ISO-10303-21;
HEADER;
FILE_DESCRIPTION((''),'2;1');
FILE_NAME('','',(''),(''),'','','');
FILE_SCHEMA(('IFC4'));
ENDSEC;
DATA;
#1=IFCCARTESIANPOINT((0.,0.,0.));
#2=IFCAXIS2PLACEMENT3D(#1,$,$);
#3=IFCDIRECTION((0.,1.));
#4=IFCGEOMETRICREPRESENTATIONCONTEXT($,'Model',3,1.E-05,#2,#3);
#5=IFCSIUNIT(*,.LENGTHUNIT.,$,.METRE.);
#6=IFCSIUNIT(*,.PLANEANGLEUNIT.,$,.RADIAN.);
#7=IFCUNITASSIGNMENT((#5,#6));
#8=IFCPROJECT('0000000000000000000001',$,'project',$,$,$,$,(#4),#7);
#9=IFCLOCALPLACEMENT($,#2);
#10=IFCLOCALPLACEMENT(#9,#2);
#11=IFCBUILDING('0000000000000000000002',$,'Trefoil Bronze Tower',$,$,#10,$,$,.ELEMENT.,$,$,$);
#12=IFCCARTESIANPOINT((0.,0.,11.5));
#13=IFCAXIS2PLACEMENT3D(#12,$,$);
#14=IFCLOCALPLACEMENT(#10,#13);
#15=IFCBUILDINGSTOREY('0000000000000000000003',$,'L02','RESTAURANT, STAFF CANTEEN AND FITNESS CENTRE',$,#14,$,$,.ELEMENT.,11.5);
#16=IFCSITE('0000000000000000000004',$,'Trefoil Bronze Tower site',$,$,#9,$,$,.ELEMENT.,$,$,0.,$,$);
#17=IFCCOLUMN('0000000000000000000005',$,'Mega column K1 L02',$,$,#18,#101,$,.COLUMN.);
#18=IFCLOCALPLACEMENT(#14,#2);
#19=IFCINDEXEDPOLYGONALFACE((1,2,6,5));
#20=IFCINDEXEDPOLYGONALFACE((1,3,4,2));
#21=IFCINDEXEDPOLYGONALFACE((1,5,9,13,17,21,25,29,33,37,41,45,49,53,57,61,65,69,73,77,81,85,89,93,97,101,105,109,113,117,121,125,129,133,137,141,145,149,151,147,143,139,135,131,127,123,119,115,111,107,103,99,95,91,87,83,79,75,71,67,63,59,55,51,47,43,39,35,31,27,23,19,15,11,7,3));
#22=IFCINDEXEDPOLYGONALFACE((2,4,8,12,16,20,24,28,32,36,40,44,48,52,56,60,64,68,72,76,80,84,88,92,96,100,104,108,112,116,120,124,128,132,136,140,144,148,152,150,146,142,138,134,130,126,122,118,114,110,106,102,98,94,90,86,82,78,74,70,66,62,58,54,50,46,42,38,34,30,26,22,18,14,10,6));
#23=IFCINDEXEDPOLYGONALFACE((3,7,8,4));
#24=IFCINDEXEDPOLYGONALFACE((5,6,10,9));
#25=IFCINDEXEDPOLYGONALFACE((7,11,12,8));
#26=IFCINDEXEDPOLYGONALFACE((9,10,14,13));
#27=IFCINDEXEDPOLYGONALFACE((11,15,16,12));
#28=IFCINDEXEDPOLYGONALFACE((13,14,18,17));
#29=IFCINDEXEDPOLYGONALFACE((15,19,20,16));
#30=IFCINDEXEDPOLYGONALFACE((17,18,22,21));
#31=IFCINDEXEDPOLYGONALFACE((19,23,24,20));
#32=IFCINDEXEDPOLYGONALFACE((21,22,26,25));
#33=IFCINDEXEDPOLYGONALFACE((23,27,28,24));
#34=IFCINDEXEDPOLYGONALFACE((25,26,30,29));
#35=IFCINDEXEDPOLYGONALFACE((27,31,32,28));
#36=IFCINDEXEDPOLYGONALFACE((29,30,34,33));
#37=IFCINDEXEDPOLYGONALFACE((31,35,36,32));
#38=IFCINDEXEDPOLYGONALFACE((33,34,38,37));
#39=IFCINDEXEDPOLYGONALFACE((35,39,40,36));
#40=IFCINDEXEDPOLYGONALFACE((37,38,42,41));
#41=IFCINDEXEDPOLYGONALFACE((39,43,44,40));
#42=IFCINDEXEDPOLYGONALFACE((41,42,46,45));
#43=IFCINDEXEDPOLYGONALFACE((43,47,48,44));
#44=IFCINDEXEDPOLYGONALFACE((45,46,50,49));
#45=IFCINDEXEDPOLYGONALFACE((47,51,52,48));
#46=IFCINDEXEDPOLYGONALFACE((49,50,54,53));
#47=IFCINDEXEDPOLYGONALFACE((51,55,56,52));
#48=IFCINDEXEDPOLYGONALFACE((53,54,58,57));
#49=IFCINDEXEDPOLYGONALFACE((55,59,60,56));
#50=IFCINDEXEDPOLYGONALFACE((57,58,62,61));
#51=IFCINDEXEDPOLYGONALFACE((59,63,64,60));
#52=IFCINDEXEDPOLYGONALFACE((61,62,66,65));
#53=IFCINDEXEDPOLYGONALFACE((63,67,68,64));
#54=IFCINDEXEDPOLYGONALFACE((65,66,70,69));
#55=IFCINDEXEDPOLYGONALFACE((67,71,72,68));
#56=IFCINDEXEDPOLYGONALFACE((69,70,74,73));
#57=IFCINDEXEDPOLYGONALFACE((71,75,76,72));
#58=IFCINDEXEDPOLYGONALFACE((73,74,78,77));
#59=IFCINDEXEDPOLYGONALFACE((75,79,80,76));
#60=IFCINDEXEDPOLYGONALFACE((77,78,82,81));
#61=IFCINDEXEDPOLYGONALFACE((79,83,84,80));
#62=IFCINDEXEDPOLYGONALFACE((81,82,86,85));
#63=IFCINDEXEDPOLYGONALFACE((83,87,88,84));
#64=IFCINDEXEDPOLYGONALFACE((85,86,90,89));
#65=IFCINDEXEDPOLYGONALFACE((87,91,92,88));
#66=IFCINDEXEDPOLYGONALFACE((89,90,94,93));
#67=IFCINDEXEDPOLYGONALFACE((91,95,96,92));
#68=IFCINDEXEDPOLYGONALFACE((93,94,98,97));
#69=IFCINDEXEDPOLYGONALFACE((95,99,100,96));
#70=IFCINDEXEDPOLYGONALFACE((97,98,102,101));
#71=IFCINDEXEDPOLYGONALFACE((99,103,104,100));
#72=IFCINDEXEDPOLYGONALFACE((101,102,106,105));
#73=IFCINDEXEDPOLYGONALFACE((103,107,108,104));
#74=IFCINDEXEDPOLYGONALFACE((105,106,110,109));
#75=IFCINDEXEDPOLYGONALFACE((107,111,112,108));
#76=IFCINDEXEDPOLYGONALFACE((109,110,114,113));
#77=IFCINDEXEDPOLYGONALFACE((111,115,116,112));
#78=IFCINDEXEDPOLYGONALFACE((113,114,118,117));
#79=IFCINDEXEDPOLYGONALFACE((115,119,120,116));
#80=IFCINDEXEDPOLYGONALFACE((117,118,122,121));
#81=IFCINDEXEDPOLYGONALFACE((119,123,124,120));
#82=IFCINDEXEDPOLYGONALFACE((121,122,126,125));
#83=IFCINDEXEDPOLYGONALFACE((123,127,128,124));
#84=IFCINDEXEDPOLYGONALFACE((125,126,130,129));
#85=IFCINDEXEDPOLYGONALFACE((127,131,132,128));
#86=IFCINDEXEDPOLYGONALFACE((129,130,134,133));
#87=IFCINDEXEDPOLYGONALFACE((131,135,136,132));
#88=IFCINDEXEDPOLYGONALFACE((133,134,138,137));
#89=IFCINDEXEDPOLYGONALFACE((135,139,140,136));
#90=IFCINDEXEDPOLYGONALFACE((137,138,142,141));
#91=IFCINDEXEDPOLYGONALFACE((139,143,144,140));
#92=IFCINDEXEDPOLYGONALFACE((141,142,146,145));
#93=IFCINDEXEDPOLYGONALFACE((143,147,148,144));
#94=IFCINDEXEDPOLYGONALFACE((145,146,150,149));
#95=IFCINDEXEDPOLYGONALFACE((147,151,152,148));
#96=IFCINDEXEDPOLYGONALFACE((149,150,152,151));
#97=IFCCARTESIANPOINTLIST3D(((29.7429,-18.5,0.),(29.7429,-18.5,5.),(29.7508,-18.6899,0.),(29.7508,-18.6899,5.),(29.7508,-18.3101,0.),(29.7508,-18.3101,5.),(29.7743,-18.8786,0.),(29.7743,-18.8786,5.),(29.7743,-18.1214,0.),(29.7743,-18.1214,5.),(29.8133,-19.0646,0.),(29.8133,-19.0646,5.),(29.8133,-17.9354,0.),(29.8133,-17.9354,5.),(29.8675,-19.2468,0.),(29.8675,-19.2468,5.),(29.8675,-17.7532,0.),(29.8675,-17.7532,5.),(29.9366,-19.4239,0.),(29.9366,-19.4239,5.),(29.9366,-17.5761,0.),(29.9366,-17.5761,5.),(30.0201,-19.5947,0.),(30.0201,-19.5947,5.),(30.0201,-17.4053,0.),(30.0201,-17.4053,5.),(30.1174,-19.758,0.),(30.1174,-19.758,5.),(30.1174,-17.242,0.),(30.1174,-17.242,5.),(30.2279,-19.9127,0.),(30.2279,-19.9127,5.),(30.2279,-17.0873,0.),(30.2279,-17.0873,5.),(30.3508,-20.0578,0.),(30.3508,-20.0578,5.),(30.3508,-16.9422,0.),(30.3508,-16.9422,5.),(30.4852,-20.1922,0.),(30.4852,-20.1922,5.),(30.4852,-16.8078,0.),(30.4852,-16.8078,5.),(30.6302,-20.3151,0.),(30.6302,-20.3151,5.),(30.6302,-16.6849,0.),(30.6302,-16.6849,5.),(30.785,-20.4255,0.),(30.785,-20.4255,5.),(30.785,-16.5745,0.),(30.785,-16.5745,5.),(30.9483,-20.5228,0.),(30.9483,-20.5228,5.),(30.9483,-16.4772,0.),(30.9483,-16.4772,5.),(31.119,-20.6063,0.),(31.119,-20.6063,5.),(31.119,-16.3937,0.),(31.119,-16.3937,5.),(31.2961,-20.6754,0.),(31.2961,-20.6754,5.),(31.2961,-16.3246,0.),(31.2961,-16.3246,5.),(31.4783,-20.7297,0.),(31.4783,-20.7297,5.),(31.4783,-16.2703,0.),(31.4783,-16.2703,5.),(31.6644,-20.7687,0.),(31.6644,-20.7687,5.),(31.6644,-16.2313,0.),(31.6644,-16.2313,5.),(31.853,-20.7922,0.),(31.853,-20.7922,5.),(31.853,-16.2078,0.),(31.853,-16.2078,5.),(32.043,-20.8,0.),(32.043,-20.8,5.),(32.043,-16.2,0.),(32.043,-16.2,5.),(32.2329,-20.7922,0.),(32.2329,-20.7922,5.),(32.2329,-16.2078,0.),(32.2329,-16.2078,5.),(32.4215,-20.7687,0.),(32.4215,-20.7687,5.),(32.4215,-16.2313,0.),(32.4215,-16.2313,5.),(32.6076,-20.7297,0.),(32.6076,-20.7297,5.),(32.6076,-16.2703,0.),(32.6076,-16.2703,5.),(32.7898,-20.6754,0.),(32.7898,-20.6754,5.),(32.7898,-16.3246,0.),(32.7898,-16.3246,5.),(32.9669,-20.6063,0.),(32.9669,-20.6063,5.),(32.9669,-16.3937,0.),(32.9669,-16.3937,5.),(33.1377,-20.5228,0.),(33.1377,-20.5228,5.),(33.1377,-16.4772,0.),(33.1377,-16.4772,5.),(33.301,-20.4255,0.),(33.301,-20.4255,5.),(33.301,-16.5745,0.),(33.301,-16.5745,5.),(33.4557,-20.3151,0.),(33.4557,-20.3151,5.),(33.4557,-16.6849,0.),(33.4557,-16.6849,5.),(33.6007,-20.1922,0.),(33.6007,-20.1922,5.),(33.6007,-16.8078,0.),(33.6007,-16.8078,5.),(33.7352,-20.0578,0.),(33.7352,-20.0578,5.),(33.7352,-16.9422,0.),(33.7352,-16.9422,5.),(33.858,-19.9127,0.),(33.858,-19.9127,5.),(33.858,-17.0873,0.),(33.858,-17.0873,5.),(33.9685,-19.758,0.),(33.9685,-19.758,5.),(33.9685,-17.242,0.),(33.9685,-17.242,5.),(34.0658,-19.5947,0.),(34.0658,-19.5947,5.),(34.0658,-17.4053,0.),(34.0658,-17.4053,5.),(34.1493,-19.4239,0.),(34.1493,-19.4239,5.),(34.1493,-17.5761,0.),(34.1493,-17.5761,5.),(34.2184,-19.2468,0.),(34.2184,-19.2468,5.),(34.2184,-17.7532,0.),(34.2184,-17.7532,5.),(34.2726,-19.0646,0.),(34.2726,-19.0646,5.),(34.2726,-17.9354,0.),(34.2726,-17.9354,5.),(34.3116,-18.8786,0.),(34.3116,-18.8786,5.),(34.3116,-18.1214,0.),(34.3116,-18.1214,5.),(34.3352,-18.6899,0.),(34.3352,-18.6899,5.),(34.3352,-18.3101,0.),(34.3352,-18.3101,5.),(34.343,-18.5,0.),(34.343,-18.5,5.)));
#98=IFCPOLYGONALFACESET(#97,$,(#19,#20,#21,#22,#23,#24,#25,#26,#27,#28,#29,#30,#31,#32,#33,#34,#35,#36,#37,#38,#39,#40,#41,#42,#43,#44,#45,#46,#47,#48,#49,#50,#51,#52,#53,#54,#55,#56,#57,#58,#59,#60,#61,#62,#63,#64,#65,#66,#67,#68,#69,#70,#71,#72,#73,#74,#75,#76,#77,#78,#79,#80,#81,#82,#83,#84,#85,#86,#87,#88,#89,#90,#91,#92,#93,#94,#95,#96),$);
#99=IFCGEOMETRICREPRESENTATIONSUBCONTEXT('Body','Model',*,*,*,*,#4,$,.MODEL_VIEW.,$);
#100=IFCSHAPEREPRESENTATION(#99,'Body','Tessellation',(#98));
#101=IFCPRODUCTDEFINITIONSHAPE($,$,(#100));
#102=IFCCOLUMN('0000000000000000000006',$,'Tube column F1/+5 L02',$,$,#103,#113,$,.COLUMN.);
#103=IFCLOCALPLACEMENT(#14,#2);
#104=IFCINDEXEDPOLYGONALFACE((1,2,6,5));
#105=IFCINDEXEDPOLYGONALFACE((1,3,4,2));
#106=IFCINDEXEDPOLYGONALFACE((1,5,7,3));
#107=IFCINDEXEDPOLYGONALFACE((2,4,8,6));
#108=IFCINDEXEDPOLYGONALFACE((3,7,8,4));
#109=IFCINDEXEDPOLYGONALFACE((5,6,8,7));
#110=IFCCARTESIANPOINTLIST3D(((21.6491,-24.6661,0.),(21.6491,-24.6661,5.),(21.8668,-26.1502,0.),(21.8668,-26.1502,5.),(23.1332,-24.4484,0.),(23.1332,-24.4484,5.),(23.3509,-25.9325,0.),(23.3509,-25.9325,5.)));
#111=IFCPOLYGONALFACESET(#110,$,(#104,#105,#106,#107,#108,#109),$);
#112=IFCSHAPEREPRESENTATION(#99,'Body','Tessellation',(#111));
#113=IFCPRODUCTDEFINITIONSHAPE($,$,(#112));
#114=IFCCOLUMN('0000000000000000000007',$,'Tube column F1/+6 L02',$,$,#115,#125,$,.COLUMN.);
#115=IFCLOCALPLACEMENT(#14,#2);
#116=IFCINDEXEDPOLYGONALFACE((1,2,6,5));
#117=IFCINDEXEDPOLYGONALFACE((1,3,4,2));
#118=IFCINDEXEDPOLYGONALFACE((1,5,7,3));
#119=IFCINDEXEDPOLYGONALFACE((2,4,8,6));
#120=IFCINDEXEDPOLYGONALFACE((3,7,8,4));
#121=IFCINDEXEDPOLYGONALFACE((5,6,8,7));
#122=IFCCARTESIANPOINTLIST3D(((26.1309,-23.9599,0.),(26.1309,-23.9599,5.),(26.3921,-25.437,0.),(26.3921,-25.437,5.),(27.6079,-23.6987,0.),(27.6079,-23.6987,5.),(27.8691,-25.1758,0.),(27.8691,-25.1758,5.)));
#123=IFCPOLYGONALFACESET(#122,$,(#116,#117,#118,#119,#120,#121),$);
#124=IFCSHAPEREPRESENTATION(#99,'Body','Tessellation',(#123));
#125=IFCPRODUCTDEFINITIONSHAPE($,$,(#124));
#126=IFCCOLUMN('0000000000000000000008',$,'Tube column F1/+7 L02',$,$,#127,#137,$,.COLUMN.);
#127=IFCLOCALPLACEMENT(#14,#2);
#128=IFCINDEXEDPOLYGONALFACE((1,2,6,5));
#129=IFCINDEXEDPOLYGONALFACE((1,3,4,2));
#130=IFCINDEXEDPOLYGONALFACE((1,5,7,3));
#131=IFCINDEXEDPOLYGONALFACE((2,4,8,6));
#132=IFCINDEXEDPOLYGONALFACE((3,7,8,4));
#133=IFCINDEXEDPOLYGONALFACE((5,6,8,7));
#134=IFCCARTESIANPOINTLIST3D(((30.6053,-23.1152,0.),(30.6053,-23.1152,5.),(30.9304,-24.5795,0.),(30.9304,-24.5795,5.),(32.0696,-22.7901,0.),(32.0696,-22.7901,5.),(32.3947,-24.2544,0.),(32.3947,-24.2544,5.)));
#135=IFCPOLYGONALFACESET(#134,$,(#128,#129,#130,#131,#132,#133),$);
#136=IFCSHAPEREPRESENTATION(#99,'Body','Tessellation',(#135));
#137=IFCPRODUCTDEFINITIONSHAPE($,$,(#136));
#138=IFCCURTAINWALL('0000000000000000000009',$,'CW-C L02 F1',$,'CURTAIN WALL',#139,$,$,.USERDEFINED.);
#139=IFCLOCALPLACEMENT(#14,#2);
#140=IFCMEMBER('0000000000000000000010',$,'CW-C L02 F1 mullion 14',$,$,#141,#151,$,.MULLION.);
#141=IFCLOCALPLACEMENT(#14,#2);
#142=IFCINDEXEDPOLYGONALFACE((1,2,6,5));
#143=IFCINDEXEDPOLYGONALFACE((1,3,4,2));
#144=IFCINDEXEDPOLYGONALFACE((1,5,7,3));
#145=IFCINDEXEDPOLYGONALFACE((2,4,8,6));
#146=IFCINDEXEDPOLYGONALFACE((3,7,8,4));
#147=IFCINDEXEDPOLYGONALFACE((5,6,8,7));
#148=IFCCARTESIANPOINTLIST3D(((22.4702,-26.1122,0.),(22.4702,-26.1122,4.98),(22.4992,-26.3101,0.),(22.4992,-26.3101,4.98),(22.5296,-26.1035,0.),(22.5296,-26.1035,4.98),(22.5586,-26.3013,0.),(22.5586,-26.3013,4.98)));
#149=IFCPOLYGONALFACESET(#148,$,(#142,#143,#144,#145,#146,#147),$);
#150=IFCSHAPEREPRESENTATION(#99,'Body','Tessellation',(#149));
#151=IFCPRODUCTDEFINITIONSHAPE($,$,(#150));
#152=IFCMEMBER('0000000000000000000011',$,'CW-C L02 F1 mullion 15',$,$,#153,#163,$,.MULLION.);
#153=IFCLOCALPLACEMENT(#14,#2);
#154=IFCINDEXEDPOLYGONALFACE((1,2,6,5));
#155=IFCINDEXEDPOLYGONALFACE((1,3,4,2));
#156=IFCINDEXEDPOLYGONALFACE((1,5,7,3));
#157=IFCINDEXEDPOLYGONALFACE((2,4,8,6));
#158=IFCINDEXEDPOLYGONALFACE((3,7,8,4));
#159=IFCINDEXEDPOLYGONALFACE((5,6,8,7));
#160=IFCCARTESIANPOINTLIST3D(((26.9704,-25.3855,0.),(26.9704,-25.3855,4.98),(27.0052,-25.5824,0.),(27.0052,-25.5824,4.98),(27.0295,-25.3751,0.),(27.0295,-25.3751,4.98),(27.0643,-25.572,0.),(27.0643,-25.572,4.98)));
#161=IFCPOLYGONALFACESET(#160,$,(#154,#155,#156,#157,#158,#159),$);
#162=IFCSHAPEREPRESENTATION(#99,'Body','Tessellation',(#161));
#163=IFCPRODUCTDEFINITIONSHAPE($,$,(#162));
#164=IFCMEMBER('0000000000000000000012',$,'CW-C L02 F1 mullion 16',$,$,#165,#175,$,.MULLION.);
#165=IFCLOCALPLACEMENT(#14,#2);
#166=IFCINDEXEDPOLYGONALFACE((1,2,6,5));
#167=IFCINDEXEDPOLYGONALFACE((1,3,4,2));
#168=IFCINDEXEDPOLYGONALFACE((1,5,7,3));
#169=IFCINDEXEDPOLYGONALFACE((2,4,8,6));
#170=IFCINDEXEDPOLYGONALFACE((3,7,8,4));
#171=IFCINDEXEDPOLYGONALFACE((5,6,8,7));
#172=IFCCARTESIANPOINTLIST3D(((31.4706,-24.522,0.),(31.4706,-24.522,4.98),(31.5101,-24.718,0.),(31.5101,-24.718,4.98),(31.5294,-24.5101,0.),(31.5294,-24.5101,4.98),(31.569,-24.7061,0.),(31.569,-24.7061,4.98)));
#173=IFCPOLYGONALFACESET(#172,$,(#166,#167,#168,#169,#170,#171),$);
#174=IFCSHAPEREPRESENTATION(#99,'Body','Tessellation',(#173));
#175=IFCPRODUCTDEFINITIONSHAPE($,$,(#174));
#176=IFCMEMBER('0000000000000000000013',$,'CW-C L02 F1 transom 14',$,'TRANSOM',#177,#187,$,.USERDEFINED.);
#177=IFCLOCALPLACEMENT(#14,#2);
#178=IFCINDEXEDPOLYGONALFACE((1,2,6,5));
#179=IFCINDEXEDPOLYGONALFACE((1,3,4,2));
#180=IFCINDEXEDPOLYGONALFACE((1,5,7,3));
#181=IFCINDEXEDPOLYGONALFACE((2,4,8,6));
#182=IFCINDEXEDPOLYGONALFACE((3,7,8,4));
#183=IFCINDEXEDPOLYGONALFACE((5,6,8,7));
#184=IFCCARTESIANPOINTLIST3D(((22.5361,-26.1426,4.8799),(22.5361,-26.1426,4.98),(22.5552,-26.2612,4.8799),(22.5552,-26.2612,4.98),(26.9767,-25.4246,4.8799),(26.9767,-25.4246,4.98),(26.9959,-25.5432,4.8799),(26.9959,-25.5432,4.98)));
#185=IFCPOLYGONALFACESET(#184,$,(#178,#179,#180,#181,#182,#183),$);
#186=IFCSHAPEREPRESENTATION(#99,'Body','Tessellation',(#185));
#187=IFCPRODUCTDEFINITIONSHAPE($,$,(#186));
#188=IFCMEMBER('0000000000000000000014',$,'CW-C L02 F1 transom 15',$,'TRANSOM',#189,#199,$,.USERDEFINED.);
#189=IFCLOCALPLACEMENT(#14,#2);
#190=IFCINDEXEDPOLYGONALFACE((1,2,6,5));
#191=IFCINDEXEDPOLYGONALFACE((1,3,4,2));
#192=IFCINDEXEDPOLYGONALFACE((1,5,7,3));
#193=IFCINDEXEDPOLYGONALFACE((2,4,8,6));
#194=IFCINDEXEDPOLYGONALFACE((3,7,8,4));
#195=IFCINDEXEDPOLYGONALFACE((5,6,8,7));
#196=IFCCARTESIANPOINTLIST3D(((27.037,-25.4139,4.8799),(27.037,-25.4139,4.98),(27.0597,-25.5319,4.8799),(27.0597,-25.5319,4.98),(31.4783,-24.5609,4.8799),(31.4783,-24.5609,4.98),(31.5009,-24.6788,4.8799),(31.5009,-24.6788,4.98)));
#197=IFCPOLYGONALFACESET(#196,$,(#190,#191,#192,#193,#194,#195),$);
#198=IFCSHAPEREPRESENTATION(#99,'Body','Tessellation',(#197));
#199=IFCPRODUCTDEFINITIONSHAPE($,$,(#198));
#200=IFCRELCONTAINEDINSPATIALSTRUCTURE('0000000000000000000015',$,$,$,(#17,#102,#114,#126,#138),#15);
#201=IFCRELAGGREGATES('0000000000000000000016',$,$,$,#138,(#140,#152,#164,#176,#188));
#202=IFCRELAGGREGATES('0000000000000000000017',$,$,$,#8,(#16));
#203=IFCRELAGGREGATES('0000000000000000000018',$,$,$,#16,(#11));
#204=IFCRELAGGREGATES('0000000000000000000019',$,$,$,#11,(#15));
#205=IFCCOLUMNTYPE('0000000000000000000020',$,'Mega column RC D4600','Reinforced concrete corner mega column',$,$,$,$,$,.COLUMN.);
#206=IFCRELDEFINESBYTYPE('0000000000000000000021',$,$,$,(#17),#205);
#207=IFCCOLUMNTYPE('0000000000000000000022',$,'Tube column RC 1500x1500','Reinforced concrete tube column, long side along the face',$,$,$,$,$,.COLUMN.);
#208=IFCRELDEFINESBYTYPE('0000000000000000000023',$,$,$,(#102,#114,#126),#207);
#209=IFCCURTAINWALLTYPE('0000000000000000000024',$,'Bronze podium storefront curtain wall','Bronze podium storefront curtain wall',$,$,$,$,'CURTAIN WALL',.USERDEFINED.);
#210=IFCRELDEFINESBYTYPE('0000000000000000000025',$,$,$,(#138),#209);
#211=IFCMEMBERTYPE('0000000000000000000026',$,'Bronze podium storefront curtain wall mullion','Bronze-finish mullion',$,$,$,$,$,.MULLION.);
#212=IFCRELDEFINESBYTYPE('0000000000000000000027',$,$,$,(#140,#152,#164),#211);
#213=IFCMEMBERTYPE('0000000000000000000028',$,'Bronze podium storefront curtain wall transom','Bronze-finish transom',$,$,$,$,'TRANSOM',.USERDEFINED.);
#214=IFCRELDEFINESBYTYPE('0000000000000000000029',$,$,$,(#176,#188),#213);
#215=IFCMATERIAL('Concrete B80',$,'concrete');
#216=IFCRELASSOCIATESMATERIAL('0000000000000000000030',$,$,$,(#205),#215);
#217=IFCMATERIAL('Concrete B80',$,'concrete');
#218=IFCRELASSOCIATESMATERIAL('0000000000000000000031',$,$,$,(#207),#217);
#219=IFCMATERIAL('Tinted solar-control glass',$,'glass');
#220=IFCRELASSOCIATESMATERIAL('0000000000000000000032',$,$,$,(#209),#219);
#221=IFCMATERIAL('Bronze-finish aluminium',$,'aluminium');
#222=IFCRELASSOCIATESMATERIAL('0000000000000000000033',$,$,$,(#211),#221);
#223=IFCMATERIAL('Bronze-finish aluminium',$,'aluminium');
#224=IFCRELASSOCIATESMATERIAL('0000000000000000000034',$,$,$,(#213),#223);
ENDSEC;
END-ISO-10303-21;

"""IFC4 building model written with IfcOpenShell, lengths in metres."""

from ifc_helpers import new_model, si_unit, direction, frame, origin, origin_2d, place, context, subcontext, project, spatial, rectangle, circle, extrude, material, material_profile, profile_set, type_object, element, aggregate, save


model = new_model("IFC4")

# Units and contexts
model_context = context("Model", 3, precision=1e-05, world=origin(), true_north=direction((0.0, 1.0)))
body_context = subcontext(model_context, "Body", "Model", "MODEL_VIEW")
ifc_project = project(units=[si_unit("LENGTHUNIT", "METRE"), si_unit("PLANEANGLEUNIT", "RADIAN")], contexts=[model_context])

# Site, building, storey
site_placement = place(None, origin())
site = spatial("IfcSite", under=ifc_project, at=site_placement, Name="Trefoil Bronze Tower site", CompositionType="ELEMENT", RefElevation=0.0)
building_placement = place(site_placement, origin())
building = spatial("IfcBuilding", under=site, at=building_placement, Name="Trefoil Bronze Tower", CompositionType="ELEMENT")
storey_placement = place(building_placement, frame((0.0, 0.0, 11.5)))
storey = spatial("IfcBuildingStorey", under=building, at=storey_placement, Name="L02", Description="RESTAURANT, STAFF CANTEEN AND FITNESS CENTRE", CompositionType="ELEMENT", Elevation=11.5)

# Columns
ifc_material_1 = material(Name="Concrete B80", Category="concrete")
ifc_material_profile_1 = material_profile(ifc_material_1, circle(Radius=2.3, at=origin_2d()), Name="RC D4600")
ifc_profile_set_1 = profile_set([ifc_material_profile_1], Name="Concrete B80")
column_type_1 = type_object("IfcColumnType", Name="Mega column RC D4600", Description="Reinforced concrete corner mega column", PredefinedType="COLUMN", material=ifc_profile_set_1)
column_placement = place(storey_placement, frame((32.043, -18.5, 0.0), z_axis=(0.0, 0.0, 1.0), x_axis=(1.0, 0.0, 0.0)))
element("IfcColumn", 1, at=column_placement, inside=storey, type_object=column_type_1, Name="Mega column K1 L02", PredefinedType="COLUMN", context=body_context, shape_type="SweptSolid", body=[
    extrude(circle(Radius=2.3, at=origin_2d()), origin(), (0.0, 0.0, 1.0), 5.0),
])
ifc_material_2 = material(Name="Concrete B80", Category="concrete")
ifc_material_profile_2 = material_profile(ifc_material_2, rectangle(XDim=1.5, YDim=1.5, at=origin_2d()), Name="RC 1500x1500")
ifc_profile_set_2 = profile_set([ifc_material_profile_2], Name="Concrete B80")
column_type_2 = type_object("IfcColumnType", Name="Tube column RC 1500x1500", Description="Reinforced concrete tube column, long side along the face", PredefinedType="COLUMN", material=ifc_profile_set_2)
for number, where, z_axis, x_axis, name in (
    (2, (22.5, -25.2993, 0.0), (0.0, 0.0, 1.0), (0.989416, 0.145109, 0.0), "Tube column F1/+5 L02"),
    (3, (27.0, -24.5679, 0.0), (0.0, 0.0, 1.0), (0.984722, 0.174131, 0.0), "Tube column F1/+6 L02"),
    (4, (31.5, -23.6848, 0.0), (0.0, 0.0, 1.0), (0.97623, 0.216739, 0.0), "Tube column F1/+7 L02"),
):
    element("IfcColumn", number, at=place(storey_placement, frame(where, z_axis=z_axis, x_axis=x_axis)), inside=storey, type_object=column_type_2, Name=name, PredefinedType="COLUMN", context=body_context, shape_type="SweptSolid", body=[
        extrude(rectangle(XDim=1.5, YDim=1.5, at=origin_2d()), origin(), (0.0, 0.0, 1.0), 5.0),
    ])

# Curtain wall, members
ifc_material_3 = material(Name="Tinted solar-control glass", Category="glass")
curtain_wall_type_1 = type_object("IfcCurtainWallType", Name="Bronze podium storefront curtain wall", Description="Bronze podium storefront curtain wall", ElementType="CURTAIN WALL", PredefinedType="USERDEFINED", material=ifc_material_3)
curtain_wall_1_placement = place(storey_placement, origin())
curtain_wall_1 = element("IfcCurtainWall", 5, at=curtain_wall_1_placement, inside=storey, type_object=curtain_wall_type_1, Name="CW-C L02 F1", ObjectType="CURTAIN WALL", PredefinedType="USERDEFINED")
ifc_material_4 = material(Name="Bronze-finish aluminium", Category="aluminium")
ifc_material_profile_3 = material_profile(ifc_material_4, rectangle(XDim=0.2, YDim=0.0601, at=origin_2d()), Name="CW-C mullion")
ifc_profile_set_3 = profile_set([ifc_material_profile_3], Name="Bronze-finish aluminium")
member_type_1 = type_object("IfcMemberType", Name="Bronze podium storefront curtain wall mullion", Description="Bronze-finish mullion", PredefinedType="MULLION", material=ifc_profile_set_3)
member_1_placement = place(storey_placement, frame((22.5144, -26.2068, 0.0), z_axis=(0.0, 0.0, 1.0), x_axis=(-0.145109, 0.989416, 0.0)))
member_1 = element("IfcMember", 6, at=member_1_placement, type_object=member_type_1, Name="CW-C L02 F1 mullion 14", PredefinedType="MULLION", context=body_context, shape_type="SweptSolid", body=[
    extrude(rectangle(XDim=0.2, YDim=0.0601, at=origin_2d()), origin(), (0.0, 0.0, 1.0), 4.98),
])
member_2_placement = place(storey_placement, frame((27.0173, -25.4788, 0.0), z_axis=(0.0, 0.0, 1.0), x_axis=(-0.174131, 0.984722, 0.0)))
member_2 = element("IfcMember", 7, at=member_2_placement, type_object=member_type_1, Name="CW-C L02 F1 mullion 15", PredefinedType="MULLION", context=body_context, shape_type="SweptSolid", body=[
    extrude(rectangle(XDim=0.2, YDim=0.0601, at=origin_2d()), origin(), (0.0, 0.0, 1.0), 4.98),
])
member_3_placement = place(storey_placement, frame((31.5198, -24.614, 0.0), z_axis=(0.0, 0.0, 1.0), x_axis=(-0.19791, 0.98022, 0.0)))
member_3 = element("IfcMember", 8, at=member_3_placement, type_object=member_type_1, Name="CW-C L02 F1 mullion 16", PredefinedType="MULLION", context=body_context, shape_type="SweptSolid", body=[
    extrude(rectangle(XDim=0.2, YDim=0.0601, at=origin_2d()), origin(), (0.0, 0.0, 1.0), 4.98),
])
ifc_material_5 = material(Name="Bronze-finish aluminium", Category="aluminium")
ifc_material_profile_4 = material_profile(ifc_material_5, rectangle(XDim=0.1201, YDim=0.1001, at=origin_2d()), Name="CW-C transom")
ifc_profile_set_4 = profile_set([ifc_material_profile_4], Name="Bronze-finish aluminium")
member_type_2 = type_object("IfcMemberType", Name="Bronze podium storefront curtain wall transom", Description="Bronze-finish transom", ElementType="TRANSOM", PredefinedType="USERDEFINED", material=ifc_profile_set_4)
member_4_placement = place(storey_placement, frame((22.5457, -26.2019, 4.9299), z_axis=(0.987179, 0.159618, 0.0), x_axis=(-0.159618, 0.987179, 0.0)))
member_4 = element("IfcMember", 9, at=member_4_placement, type_object=member_type_2, Name="CW-C L02 F1 transom 14", ObjectType="TRANSOM", PredefinedType="USERDEFINED", context=body_context, shape_type="SweptSolid", body=[
    extrude(rectangle(XDim=0.1201, YDim=0.1001, at=origin_2d()), origin(), (0.0, 0.0, 1.0), 4.4983),
])
member_5_placement = place(storey_placement, frame((27.0483, -25.4729, 4.9299), z_axis=(0.982049, 0.188625, 0.0), x_axis=(-0.188625, 0.982049, 0.0)))
member_5 = element("IfcMember", 10, at=member_5_placement, type_object=member_type_2, Name="CW-C L02 F1 transom 15", ObjectType="TRANSOM", PredefinedType="USERDEFINED", context=body_context, shape_type="SweptSolid", body=[
    extrude(rectangle(XDim=0.1201, YDim=0.1001, at=origin_2d()), origin(), (0.0, 0.0, 1.0), 4.5225),
])

aggregate(curtain_wall_1, [member_1, member_2, member_3, member_4, member_5])

save(model, "model.ifc")
